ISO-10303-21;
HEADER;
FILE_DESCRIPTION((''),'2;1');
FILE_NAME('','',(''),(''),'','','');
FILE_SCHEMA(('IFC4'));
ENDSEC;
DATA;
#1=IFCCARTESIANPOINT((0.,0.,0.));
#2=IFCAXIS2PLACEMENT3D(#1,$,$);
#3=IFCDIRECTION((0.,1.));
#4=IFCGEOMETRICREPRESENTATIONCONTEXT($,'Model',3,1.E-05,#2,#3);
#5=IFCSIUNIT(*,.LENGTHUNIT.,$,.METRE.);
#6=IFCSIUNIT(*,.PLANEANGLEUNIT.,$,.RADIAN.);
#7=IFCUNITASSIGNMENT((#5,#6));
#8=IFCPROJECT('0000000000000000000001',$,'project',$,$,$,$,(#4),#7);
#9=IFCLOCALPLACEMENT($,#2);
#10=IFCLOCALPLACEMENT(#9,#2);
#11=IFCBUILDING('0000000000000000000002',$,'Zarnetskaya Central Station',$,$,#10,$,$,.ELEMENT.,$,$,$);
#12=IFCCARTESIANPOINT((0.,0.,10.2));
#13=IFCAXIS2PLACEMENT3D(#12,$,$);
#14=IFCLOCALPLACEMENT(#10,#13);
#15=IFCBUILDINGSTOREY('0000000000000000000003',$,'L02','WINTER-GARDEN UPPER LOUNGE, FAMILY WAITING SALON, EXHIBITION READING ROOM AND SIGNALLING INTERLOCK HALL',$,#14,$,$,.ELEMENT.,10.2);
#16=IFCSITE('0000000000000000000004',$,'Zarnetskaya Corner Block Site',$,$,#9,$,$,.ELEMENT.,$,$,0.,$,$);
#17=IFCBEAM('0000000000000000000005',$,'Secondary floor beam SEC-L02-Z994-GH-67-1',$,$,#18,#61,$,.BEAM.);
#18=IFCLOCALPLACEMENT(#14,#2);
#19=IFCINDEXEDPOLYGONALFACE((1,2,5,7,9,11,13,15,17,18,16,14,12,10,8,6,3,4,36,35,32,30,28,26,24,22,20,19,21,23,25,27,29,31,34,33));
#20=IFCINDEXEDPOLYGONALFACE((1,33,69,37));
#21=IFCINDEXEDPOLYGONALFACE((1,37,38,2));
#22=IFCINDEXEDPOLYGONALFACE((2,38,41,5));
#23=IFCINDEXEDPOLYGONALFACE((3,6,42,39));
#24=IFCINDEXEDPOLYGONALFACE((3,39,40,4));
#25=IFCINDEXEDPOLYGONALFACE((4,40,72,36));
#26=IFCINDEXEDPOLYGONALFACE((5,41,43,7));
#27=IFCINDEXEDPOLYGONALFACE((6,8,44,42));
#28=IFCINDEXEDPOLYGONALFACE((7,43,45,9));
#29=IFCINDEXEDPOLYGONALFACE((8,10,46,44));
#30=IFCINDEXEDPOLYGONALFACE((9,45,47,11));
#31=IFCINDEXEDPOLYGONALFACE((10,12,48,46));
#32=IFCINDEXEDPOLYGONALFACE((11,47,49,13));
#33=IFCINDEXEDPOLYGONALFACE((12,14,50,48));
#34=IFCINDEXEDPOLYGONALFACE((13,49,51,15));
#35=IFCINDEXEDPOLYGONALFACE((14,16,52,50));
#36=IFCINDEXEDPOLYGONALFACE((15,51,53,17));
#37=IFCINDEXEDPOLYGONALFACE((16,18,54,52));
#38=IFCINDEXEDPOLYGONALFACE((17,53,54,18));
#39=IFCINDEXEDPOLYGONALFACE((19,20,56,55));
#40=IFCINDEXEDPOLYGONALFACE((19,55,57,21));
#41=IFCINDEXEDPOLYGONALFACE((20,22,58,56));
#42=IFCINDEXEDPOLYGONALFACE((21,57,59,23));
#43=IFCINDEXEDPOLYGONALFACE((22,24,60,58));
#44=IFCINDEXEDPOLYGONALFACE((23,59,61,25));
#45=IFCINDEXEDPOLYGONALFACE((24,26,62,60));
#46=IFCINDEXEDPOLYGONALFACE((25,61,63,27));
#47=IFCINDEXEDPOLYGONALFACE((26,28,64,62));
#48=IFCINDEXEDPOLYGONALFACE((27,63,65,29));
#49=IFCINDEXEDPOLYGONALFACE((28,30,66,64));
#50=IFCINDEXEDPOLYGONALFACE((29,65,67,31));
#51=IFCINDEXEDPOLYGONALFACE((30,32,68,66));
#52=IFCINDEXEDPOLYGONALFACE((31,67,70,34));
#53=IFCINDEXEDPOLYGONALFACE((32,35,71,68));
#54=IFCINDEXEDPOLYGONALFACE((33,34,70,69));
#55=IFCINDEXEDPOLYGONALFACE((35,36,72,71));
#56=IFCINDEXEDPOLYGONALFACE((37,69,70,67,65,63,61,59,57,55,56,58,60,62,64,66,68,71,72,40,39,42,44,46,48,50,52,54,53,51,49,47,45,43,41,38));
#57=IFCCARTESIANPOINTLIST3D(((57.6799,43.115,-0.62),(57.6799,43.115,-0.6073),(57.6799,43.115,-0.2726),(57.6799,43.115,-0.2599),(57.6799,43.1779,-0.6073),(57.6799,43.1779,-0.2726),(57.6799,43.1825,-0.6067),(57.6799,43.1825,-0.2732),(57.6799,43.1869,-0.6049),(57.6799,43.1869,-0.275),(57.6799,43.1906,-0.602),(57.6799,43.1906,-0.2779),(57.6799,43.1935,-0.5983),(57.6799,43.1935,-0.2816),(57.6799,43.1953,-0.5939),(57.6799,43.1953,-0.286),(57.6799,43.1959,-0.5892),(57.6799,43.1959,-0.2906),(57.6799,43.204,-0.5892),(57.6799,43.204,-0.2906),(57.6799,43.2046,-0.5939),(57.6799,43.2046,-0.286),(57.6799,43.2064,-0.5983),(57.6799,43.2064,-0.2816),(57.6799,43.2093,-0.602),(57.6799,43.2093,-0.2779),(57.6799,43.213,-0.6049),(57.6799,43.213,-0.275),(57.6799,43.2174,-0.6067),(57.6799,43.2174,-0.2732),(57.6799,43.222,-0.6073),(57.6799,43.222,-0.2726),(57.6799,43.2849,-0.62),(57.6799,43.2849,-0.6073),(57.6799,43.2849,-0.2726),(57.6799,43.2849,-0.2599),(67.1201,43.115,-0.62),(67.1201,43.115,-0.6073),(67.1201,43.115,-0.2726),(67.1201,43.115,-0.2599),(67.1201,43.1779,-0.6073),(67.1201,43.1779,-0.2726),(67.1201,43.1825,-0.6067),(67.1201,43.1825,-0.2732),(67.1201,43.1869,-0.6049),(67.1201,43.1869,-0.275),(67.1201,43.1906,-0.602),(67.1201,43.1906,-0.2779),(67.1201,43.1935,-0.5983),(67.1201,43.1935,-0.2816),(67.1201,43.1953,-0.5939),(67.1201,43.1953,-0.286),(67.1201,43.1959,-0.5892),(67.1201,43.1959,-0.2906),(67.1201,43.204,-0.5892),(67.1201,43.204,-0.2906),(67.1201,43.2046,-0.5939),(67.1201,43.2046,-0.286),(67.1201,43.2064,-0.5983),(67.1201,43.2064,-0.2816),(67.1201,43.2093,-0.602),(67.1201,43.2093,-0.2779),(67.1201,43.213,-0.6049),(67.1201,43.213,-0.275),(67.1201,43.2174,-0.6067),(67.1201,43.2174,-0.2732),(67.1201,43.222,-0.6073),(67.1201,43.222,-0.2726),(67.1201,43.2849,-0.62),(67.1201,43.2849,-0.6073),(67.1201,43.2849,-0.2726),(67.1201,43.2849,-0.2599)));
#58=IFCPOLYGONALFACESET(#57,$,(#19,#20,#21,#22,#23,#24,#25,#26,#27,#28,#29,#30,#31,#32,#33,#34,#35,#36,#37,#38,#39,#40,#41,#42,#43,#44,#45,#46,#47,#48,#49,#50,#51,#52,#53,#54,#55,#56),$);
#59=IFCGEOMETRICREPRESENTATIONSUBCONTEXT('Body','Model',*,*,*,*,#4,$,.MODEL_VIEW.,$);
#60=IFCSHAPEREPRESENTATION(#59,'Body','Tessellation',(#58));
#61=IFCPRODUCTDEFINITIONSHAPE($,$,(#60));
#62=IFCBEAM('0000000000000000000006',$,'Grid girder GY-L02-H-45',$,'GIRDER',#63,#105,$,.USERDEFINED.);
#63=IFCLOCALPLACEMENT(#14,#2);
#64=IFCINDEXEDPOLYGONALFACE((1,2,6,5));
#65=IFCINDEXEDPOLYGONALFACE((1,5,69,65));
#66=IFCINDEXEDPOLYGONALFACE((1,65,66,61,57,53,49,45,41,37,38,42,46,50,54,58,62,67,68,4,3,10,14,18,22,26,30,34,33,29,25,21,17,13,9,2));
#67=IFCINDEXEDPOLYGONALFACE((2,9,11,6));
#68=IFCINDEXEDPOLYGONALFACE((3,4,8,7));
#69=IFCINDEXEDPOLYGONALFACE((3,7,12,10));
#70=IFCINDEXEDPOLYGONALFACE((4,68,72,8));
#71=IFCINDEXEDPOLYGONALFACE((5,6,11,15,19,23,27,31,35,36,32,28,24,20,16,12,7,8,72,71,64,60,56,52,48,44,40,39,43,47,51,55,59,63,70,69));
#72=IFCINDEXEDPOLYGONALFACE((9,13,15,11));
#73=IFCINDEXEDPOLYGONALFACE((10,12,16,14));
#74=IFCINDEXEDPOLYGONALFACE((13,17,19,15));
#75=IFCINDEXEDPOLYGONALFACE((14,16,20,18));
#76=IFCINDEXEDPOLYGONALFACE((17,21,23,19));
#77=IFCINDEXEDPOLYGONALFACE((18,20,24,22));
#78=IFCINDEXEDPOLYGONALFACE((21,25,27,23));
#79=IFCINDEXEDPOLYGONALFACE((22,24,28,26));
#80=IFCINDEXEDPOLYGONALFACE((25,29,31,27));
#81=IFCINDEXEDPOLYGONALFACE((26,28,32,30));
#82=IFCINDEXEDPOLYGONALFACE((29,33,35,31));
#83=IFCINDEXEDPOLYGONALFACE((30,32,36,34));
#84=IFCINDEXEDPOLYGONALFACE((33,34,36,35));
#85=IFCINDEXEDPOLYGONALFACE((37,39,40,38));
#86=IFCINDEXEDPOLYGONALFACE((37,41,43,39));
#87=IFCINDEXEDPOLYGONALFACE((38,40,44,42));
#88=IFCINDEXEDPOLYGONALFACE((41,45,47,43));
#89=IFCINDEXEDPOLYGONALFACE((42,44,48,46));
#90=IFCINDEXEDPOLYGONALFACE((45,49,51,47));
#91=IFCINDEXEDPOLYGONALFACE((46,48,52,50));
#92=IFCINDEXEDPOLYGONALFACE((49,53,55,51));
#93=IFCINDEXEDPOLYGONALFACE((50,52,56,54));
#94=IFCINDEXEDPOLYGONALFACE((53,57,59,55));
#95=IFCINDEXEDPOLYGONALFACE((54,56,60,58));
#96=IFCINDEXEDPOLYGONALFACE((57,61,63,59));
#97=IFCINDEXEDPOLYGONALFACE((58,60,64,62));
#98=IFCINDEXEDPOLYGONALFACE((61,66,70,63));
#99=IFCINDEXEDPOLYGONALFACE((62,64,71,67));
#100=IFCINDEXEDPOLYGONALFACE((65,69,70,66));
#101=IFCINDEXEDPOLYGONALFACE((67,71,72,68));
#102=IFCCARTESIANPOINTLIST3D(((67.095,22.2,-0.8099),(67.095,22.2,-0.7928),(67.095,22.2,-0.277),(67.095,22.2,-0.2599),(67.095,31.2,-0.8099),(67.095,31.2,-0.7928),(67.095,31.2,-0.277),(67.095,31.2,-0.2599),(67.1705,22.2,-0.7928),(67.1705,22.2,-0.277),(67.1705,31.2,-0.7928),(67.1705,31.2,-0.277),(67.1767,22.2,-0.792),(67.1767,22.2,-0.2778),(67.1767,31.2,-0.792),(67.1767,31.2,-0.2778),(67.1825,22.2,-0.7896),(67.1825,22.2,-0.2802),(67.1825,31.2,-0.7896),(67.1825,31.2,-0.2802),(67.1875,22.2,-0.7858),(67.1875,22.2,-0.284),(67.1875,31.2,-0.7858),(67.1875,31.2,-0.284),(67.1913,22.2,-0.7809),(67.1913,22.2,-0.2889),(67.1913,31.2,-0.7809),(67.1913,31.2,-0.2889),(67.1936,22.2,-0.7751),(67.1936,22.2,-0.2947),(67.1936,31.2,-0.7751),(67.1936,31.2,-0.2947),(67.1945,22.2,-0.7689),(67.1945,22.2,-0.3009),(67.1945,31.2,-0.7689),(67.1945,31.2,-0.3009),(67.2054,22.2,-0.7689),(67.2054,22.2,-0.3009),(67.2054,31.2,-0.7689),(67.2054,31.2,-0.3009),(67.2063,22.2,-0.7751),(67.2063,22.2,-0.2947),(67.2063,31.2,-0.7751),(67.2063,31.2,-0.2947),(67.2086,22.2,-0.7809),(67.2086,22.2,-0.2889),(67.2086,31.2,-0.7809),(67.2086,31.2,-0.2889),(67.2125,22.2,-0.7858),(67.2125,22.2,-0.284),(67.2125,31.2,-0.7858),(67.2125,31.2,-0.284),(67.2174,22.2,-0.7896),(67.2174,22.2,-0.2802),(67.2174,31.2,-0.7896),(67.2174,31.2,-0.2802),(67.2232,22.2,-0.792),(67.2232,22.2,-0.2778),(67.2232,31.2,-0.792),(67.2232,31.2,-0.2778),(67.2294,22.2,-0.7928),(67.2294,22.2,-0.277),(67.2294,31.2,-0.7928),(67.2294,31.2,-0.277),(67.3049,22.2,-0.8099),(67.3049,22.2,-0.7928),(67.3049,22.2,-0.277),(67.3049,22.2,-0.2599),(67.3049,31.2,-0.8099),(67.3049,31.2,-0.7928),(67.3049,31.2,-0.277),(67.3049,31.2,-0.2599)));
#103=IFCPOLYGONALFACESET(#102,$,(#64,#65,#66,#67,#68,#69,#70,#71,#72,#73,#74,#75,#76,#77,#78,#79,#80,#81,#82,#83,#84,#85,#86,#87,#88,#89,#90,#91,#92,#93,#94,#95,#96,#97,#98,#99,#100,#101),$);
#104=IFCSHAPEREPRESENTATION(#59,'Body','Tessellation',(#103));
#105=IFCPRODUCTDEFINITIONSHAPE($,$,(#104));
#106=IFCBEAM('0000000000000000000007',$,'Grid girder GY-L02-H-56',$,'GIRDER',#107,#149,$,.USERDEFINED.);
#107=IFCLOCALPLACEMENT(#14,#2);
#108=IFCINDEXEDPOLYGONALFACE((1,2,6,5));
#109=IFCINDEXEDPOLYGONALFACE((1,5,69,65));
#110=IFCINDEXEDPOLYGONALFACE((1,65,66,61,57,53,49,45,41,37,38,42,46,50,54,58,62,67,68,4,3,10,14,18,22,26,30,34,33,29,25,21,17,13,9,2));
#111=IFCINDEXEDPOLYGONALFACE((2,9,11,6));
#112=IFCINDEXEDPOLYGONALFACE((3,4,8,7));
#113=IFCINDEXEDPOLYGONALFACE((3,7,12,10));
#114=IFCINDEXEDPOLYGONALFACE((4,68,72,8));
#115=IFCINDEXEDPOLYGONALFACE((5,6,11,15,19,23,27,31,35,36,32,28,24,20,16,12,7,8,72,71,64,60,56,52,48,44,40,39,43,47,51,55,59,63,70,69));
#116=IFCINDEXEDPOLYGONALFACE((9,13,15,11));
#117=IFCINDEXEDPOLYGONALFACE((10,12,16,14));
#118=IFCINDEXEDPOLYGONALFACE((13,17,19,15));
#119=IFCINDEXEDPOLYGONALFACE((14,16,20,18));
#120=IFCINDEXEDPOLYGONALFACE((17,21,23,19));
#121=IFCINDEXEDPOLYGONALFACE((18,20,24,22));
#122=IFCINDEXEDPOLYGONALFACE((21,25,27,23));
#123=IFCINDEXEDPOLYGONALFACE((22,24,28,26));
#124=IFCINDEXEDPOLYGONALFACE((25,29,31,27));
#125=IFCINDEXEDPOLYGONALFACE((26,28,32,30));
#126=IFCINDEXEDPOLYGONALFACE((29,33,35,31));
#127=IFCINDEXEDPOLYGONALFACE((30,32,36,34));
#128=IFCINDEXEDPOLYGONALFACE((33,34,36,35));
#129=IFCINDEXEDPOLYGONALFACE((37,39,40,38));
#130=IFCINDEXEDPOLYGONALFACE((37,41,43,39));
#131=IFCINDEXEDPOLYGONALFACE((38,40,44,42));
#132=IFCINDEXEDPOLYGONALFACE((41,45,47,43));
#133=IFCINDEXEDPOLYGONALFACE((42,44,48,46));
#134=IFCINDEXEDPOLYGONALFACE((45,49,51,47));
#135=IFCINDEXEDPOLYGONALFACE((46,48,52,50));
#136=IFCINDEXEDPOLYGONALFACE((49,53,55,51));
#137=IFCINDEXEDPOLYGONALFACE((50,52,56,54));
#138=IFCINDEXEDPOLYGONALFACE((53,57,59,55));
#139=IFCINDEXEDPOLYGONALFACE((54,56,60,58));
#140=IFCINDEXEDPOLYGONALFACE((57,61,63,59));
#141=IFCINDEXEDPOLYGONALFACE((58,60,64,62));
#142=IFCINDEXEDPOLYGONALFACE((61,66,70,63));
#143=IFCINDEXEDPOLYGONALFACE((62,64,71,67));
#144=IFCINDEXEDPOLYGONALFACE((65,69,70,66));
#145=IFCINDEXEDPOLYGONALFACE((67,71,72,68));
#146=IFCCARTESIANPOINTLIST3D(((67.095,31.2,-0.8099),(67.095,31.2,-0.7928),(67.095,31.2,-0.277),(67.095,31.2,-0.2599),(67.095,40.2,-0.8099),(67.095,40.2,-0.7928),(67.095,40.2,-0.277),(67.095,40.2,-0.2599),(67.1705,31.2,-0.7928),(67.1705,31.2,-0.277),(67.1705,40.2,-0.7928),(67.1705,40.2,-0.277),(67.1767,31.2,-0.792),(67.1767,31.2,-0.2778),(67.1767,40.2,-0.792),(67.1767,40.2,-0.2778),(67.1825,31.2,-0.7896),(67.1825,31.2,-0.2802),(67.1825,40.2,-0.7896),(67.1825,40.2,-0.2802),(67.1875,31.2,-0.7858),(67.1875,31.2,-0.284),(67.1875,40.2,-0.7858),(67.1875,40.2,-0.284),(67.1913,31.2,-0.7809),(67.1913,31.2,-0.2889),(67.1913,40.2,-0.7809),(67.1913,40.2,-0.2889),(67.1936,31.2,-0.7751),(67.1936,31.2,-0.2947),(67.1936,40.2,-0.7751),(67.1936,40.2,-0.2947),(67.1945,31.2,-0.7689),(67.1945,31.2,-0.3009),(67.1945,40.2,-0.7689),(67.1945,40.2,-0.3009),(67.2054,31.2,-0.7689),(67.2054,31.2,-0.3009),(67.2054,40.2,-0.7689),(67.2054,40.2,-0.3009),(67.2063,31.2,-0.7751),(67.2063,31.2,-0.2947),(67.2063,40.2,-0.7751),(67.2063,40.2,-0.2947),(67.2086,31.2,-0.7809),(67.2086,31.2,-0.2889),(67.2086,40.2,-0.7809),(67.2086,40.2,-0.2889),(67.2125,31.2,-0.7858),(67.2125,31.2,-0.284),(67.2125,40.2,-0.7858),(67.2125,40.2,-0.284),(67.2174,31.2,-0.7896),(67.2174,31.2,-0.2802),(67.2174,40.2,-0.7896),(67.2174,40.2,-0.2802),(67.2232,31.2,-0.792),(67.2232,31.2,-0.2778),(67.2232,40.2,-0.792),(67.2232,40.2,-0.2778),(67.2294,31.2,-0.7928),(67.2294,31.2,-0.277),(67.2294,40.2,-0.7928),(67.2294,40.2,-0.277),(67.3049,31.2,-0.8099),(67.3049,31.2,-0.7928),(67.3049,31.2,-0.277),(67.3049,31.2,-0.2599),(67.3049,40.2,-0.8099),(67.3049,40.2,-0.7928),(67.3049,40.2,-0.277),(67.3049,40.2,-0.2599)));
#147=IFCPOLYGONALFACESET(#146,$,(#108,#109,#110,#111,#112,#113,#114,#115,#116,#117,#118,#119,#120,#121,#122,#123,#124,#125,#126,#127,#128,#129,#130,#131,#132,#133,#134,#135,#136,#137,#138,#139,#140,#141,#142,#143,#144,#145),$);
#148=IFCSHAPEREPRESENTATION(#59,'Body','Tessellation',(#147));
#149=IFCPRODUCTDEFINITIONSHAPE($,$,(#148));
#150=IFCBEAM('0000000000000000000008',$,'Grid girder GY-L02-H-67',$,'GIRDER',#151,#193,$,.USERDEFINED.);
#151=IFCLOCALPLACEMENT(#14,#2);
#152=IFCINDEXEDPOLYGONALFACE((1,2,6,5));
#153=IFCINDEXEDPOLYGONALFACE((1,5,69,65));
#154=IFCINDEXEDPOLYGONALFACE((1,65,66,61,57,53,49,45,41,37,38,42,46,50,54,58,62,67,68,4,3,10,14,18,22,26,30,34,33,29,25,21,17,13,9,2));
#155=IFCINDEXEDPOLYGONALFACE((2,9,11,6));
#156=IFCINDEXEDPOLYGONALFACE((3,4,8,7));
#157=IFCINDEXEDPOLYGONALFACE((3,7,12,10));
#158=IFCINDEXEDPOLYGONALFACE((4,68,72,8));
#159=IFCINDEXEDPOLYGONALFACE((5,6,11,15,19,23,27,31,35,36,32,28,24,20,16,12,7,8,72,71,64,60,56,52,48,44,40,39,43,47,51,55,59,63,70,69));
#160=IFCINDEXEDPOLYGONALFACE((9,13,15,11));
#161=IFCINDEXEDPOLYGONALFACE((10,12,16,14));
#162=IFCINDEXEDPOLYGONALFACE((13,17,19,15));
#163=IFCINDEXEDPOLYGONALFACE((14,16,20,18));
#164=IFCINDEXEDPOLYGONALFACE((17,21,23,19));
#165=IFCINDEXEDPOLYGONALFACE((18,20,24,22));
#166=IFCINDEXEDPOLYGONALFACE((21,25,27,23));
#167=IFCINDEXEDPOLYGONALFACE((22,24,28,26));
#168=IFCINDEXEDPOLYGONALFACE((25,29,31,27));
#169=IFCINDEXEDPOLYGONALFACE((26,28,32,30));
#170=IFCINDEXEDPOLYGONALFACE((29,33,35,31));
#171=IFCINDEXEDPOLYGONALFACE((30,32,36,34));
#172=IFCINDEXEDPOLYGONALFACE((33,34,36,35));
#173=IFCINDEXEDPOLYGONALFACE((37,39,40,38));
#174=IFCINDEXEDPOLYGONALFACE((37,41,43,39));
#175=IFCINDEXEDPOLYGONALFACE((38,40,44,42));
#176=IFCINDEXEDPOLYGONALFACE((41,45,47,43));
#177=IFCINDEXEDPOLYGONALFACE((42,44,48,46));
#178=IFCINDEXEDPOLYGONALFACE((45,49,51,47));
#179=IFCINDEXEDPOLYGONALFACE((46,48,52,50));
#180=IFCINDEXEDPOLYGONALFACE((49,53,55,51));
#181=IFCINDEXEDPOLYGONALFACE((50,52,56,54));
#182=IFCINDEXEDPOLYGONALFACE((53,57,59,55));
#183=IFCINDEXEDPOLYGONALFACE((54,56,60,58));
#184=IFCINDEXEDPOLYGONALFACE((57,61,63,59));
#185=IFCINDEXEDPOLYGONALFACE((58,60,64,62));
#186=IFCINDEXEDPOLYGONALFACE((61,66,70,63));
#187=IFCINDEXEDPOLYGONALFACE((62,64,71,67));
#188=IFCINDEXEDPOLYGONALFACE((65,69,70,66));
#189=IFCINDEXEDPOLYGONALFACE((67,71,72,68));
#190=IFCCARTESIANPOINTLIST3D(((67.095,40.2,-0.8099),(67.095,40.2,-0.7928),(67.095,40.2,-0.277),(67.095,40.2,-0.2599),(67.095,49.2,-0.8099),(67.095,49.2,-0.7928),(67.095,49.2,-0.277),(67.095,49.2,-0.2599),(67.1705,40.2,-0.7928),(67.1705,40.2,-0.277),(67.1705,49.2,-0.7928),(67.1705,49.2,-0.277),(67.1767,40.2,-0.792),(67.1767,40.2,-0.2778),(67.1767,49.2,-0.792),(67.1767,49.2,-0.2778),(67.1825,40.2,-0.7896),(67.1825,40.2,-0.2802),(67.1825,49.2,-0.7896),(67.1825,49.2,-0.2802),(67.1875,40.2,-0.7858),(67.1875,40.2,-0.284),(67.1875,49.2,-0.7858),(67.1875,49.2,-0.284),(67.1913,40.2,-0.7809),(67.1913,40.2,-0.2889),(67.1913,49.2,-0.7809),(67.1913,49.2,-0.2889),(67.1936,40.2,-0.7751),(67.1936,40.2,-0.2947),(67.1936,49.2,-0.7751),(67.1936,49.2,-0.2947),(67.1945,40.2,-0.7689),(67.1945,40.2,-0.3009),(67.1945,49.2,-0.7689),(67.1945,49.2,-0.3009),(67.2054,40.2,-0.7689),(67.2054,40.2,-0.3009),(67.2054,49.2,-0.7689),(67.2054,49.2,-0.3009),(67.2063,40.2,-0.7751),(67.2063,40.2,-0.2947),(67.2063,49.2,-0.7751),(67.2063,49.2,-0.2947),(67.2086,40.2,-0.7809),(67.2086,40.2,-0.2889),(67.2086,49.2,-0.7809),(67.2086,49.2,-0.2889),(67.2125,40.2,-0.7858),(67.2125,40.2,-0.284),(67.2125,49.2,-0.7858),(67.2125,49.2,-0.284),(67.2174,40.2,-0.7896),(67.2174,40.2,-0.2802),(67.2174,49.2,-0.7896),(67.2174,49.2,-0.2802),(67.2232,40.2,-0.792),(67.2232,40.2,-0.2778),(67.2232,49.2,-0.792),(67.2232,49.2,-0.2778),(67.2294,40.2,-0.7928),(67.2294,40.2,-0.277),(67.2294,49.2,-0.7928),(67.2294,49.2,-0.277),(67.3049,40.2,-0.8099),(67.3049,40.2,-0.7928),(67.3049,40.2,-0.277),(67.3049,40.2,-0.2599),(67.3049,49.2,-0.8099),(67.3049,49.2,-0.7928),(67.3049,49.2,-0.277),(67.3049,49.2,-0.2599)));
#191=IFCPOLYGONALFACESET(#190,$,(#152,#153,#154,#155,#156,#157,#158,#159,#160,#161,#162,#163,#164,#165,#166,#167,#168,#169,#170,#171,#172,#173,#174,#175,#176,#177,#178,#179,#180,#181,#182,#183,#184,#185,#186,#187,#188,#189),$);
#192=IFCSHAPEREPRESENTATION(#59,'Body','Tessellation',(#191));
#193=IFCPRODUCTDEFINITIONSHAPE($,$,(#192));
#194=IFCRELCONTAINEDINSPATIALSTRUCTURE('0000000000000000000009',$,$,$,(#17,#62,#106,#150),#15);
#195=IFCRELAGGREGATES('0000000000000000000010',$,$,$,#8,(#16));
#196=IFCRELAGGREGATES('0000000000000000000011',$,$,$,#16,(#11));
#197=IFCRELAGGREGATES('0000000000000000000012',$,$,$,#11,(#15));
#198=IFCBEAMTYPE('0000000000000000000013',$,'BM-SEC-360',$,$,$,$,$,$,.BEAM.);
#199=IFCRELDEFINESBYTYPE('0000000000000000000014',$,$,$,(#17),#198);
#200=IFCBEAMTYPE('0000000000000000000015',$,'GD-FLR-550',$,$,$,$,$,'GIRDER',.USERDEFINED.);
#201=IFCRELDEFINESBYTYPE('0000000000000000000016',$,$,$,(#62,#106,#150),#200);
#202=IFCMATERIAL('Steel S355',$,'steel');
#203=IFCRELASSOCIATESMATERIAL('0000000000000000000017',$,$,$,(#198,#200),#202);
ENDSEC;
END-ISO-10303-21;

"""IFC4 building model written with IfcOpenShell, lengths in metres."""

from ifc_helpers import new_model, si_unit, direction, frame, origin, origin_2d, place, context, subcontext, project, spatial, i_section, extrude, material, material_profile, profile_set, type_object, element, save


model = new_model("IFC4")

# Units and contexts
model_context = context("Model", 3, precision=1e-05, world=origin(), true_north=direction((0.0, 1.0)))
body_context = subcontext(model_context, "Body", "Model", "MODEL_VIEW")
ifc_project = project(units=[si_unit("LENGTHUNIT", "METRE"), si_unit("PLANEANGLEUNIT", "RADIAN")], contexts=[model_context])

# Site, building, storey
site_placement = place(None, origin())
site = spatial("IfcSite", under=ifc_project, at=site_placement, Name="Zarnetskaya Corner Block Site", CompositionType="ELEMENT", RefElevation=0.0)
building_placement = place(site_placement, origin())
building = spatial("IfcBuilding", under=site, at=building_placement, Name="Zarnetskaya Central Station", CompositionType="ELEMENT")
storey_placement = place(building_placement, frame((0.0, 0.0, 10.2)))
storey = spatial("IfcBuildingStorey", under=building, at=storey_placement, Name="L02", Description="WINTER-GARDEN UPPER LOUNGE, FAMILY WAITING SALON, EXHIBITION READING ROOM AND SIGNALLING INTERLOCK HALL", CompositionType="ELEMENT", Elevation=10.2)

# Shared definitions
ifc_material_1 = material(Name="Steel S355", Category="steel")

# Beams
ifc_material_profile_1 = material_profile(ifc_material_1, i_section(OverallWidth=0.1699, OverallDepth=0.3601, WebThickness=0.0081, FlangeThickness=0.0127, FilletRadius=0.0181, at=origin_2d()), Name="IPE 360")
ifc_profile_set_1 = profile_set([ifc_material_profile_1], Name="Steel S355")
beam_type_1 = type_object("IfcBeamType", Name="BM-SEC-360", PredefinedType="BEAM", material=ifc_profile_set_1)
for number, where, z_axis, x_axis, name in (
    (1, (57.6799, 43.2, -0.4399), (1.0, 0.0, 0.0), (0.0, 1.0, 0.0), "Secondary floor beam SEC-L02-Z994-GH-67-1"),
):
    element("IfcBeam", number, at=place(storey_placement, frame(where, z_axis=z_axis, x_axis=x_axis)), inside=storey, type_object=beam_type_1, Name=name, PredefinedType="BEAM", context=body_context, shape_type="SweptSolid", body=[
        extrude(i_section(OverallWidth=0.1699, OverallDepth=0.3601, WebThickness=0.0081, FlangeThickness=0.0127, FilletRadius=0.0181, at=origin_2d()), origin(), (0.0, 0.0, 1.0), 9.4402),
    ])
ifc_material_profile_2 = material_profile(ifc_material_1, i_section(OverallWidth=0.21, OverallDepth=0.55, WebThickness=0.011, FlangeThickness=0.0171, FilletRadius=0.0239, at=origin_2d()), Name="IPE 550")
ifc_profile_set_2 = profile_set([ifc_material_profile_2], Name="Steel S355")
beam_type_2 = type_object("IfcBeamType", Name="GD-FLR-550", ElementType="GIRDER", PredefinedType="USERDEFINED", material=ifc_profile_set_2)
for number, where, z_axis, x_axis, name in (
    (2, (67.2, 22.2, -0.5349), (0.0, 1.0, 0.0), (-1.0, 0.0, 0.0), "Grid girder GY-L02-H-45"),
    (3, (67.2, 31.2, -0.5349), (0.0, 1.0, 0.0), (-1.0, 0.0, 0.0), "Grid girder GY-L02-H-56"),
    (4, (67.2, 40.2, -0.5349), (0.0, 1.0, 0.0), (-1.0, 0.0, 0.0), "Grid girder GY-L02-H-67"),
):
    element("IfcBeam", number, at=place(storey_placement, frame(where, z_axis=z_axis, x_axis=x_axis)), inside=storey, type_object=beam_type_2, Name=name, ObjectType="GIRDER", PredefinedType="USERDEFINED", context=body_context, shape_type="SweptSolid", body=[
        extrude(i_section(OverallWidth=0.21, OverallDepth=0.55, WebThickness=0.011, FlangeThickness=0.0171, FilletRadius=0.0239, at=origin_2d()), origin(), (0.0, 0.0, 1.0), 9.0),
    ])

save(model, "model.ifc")
